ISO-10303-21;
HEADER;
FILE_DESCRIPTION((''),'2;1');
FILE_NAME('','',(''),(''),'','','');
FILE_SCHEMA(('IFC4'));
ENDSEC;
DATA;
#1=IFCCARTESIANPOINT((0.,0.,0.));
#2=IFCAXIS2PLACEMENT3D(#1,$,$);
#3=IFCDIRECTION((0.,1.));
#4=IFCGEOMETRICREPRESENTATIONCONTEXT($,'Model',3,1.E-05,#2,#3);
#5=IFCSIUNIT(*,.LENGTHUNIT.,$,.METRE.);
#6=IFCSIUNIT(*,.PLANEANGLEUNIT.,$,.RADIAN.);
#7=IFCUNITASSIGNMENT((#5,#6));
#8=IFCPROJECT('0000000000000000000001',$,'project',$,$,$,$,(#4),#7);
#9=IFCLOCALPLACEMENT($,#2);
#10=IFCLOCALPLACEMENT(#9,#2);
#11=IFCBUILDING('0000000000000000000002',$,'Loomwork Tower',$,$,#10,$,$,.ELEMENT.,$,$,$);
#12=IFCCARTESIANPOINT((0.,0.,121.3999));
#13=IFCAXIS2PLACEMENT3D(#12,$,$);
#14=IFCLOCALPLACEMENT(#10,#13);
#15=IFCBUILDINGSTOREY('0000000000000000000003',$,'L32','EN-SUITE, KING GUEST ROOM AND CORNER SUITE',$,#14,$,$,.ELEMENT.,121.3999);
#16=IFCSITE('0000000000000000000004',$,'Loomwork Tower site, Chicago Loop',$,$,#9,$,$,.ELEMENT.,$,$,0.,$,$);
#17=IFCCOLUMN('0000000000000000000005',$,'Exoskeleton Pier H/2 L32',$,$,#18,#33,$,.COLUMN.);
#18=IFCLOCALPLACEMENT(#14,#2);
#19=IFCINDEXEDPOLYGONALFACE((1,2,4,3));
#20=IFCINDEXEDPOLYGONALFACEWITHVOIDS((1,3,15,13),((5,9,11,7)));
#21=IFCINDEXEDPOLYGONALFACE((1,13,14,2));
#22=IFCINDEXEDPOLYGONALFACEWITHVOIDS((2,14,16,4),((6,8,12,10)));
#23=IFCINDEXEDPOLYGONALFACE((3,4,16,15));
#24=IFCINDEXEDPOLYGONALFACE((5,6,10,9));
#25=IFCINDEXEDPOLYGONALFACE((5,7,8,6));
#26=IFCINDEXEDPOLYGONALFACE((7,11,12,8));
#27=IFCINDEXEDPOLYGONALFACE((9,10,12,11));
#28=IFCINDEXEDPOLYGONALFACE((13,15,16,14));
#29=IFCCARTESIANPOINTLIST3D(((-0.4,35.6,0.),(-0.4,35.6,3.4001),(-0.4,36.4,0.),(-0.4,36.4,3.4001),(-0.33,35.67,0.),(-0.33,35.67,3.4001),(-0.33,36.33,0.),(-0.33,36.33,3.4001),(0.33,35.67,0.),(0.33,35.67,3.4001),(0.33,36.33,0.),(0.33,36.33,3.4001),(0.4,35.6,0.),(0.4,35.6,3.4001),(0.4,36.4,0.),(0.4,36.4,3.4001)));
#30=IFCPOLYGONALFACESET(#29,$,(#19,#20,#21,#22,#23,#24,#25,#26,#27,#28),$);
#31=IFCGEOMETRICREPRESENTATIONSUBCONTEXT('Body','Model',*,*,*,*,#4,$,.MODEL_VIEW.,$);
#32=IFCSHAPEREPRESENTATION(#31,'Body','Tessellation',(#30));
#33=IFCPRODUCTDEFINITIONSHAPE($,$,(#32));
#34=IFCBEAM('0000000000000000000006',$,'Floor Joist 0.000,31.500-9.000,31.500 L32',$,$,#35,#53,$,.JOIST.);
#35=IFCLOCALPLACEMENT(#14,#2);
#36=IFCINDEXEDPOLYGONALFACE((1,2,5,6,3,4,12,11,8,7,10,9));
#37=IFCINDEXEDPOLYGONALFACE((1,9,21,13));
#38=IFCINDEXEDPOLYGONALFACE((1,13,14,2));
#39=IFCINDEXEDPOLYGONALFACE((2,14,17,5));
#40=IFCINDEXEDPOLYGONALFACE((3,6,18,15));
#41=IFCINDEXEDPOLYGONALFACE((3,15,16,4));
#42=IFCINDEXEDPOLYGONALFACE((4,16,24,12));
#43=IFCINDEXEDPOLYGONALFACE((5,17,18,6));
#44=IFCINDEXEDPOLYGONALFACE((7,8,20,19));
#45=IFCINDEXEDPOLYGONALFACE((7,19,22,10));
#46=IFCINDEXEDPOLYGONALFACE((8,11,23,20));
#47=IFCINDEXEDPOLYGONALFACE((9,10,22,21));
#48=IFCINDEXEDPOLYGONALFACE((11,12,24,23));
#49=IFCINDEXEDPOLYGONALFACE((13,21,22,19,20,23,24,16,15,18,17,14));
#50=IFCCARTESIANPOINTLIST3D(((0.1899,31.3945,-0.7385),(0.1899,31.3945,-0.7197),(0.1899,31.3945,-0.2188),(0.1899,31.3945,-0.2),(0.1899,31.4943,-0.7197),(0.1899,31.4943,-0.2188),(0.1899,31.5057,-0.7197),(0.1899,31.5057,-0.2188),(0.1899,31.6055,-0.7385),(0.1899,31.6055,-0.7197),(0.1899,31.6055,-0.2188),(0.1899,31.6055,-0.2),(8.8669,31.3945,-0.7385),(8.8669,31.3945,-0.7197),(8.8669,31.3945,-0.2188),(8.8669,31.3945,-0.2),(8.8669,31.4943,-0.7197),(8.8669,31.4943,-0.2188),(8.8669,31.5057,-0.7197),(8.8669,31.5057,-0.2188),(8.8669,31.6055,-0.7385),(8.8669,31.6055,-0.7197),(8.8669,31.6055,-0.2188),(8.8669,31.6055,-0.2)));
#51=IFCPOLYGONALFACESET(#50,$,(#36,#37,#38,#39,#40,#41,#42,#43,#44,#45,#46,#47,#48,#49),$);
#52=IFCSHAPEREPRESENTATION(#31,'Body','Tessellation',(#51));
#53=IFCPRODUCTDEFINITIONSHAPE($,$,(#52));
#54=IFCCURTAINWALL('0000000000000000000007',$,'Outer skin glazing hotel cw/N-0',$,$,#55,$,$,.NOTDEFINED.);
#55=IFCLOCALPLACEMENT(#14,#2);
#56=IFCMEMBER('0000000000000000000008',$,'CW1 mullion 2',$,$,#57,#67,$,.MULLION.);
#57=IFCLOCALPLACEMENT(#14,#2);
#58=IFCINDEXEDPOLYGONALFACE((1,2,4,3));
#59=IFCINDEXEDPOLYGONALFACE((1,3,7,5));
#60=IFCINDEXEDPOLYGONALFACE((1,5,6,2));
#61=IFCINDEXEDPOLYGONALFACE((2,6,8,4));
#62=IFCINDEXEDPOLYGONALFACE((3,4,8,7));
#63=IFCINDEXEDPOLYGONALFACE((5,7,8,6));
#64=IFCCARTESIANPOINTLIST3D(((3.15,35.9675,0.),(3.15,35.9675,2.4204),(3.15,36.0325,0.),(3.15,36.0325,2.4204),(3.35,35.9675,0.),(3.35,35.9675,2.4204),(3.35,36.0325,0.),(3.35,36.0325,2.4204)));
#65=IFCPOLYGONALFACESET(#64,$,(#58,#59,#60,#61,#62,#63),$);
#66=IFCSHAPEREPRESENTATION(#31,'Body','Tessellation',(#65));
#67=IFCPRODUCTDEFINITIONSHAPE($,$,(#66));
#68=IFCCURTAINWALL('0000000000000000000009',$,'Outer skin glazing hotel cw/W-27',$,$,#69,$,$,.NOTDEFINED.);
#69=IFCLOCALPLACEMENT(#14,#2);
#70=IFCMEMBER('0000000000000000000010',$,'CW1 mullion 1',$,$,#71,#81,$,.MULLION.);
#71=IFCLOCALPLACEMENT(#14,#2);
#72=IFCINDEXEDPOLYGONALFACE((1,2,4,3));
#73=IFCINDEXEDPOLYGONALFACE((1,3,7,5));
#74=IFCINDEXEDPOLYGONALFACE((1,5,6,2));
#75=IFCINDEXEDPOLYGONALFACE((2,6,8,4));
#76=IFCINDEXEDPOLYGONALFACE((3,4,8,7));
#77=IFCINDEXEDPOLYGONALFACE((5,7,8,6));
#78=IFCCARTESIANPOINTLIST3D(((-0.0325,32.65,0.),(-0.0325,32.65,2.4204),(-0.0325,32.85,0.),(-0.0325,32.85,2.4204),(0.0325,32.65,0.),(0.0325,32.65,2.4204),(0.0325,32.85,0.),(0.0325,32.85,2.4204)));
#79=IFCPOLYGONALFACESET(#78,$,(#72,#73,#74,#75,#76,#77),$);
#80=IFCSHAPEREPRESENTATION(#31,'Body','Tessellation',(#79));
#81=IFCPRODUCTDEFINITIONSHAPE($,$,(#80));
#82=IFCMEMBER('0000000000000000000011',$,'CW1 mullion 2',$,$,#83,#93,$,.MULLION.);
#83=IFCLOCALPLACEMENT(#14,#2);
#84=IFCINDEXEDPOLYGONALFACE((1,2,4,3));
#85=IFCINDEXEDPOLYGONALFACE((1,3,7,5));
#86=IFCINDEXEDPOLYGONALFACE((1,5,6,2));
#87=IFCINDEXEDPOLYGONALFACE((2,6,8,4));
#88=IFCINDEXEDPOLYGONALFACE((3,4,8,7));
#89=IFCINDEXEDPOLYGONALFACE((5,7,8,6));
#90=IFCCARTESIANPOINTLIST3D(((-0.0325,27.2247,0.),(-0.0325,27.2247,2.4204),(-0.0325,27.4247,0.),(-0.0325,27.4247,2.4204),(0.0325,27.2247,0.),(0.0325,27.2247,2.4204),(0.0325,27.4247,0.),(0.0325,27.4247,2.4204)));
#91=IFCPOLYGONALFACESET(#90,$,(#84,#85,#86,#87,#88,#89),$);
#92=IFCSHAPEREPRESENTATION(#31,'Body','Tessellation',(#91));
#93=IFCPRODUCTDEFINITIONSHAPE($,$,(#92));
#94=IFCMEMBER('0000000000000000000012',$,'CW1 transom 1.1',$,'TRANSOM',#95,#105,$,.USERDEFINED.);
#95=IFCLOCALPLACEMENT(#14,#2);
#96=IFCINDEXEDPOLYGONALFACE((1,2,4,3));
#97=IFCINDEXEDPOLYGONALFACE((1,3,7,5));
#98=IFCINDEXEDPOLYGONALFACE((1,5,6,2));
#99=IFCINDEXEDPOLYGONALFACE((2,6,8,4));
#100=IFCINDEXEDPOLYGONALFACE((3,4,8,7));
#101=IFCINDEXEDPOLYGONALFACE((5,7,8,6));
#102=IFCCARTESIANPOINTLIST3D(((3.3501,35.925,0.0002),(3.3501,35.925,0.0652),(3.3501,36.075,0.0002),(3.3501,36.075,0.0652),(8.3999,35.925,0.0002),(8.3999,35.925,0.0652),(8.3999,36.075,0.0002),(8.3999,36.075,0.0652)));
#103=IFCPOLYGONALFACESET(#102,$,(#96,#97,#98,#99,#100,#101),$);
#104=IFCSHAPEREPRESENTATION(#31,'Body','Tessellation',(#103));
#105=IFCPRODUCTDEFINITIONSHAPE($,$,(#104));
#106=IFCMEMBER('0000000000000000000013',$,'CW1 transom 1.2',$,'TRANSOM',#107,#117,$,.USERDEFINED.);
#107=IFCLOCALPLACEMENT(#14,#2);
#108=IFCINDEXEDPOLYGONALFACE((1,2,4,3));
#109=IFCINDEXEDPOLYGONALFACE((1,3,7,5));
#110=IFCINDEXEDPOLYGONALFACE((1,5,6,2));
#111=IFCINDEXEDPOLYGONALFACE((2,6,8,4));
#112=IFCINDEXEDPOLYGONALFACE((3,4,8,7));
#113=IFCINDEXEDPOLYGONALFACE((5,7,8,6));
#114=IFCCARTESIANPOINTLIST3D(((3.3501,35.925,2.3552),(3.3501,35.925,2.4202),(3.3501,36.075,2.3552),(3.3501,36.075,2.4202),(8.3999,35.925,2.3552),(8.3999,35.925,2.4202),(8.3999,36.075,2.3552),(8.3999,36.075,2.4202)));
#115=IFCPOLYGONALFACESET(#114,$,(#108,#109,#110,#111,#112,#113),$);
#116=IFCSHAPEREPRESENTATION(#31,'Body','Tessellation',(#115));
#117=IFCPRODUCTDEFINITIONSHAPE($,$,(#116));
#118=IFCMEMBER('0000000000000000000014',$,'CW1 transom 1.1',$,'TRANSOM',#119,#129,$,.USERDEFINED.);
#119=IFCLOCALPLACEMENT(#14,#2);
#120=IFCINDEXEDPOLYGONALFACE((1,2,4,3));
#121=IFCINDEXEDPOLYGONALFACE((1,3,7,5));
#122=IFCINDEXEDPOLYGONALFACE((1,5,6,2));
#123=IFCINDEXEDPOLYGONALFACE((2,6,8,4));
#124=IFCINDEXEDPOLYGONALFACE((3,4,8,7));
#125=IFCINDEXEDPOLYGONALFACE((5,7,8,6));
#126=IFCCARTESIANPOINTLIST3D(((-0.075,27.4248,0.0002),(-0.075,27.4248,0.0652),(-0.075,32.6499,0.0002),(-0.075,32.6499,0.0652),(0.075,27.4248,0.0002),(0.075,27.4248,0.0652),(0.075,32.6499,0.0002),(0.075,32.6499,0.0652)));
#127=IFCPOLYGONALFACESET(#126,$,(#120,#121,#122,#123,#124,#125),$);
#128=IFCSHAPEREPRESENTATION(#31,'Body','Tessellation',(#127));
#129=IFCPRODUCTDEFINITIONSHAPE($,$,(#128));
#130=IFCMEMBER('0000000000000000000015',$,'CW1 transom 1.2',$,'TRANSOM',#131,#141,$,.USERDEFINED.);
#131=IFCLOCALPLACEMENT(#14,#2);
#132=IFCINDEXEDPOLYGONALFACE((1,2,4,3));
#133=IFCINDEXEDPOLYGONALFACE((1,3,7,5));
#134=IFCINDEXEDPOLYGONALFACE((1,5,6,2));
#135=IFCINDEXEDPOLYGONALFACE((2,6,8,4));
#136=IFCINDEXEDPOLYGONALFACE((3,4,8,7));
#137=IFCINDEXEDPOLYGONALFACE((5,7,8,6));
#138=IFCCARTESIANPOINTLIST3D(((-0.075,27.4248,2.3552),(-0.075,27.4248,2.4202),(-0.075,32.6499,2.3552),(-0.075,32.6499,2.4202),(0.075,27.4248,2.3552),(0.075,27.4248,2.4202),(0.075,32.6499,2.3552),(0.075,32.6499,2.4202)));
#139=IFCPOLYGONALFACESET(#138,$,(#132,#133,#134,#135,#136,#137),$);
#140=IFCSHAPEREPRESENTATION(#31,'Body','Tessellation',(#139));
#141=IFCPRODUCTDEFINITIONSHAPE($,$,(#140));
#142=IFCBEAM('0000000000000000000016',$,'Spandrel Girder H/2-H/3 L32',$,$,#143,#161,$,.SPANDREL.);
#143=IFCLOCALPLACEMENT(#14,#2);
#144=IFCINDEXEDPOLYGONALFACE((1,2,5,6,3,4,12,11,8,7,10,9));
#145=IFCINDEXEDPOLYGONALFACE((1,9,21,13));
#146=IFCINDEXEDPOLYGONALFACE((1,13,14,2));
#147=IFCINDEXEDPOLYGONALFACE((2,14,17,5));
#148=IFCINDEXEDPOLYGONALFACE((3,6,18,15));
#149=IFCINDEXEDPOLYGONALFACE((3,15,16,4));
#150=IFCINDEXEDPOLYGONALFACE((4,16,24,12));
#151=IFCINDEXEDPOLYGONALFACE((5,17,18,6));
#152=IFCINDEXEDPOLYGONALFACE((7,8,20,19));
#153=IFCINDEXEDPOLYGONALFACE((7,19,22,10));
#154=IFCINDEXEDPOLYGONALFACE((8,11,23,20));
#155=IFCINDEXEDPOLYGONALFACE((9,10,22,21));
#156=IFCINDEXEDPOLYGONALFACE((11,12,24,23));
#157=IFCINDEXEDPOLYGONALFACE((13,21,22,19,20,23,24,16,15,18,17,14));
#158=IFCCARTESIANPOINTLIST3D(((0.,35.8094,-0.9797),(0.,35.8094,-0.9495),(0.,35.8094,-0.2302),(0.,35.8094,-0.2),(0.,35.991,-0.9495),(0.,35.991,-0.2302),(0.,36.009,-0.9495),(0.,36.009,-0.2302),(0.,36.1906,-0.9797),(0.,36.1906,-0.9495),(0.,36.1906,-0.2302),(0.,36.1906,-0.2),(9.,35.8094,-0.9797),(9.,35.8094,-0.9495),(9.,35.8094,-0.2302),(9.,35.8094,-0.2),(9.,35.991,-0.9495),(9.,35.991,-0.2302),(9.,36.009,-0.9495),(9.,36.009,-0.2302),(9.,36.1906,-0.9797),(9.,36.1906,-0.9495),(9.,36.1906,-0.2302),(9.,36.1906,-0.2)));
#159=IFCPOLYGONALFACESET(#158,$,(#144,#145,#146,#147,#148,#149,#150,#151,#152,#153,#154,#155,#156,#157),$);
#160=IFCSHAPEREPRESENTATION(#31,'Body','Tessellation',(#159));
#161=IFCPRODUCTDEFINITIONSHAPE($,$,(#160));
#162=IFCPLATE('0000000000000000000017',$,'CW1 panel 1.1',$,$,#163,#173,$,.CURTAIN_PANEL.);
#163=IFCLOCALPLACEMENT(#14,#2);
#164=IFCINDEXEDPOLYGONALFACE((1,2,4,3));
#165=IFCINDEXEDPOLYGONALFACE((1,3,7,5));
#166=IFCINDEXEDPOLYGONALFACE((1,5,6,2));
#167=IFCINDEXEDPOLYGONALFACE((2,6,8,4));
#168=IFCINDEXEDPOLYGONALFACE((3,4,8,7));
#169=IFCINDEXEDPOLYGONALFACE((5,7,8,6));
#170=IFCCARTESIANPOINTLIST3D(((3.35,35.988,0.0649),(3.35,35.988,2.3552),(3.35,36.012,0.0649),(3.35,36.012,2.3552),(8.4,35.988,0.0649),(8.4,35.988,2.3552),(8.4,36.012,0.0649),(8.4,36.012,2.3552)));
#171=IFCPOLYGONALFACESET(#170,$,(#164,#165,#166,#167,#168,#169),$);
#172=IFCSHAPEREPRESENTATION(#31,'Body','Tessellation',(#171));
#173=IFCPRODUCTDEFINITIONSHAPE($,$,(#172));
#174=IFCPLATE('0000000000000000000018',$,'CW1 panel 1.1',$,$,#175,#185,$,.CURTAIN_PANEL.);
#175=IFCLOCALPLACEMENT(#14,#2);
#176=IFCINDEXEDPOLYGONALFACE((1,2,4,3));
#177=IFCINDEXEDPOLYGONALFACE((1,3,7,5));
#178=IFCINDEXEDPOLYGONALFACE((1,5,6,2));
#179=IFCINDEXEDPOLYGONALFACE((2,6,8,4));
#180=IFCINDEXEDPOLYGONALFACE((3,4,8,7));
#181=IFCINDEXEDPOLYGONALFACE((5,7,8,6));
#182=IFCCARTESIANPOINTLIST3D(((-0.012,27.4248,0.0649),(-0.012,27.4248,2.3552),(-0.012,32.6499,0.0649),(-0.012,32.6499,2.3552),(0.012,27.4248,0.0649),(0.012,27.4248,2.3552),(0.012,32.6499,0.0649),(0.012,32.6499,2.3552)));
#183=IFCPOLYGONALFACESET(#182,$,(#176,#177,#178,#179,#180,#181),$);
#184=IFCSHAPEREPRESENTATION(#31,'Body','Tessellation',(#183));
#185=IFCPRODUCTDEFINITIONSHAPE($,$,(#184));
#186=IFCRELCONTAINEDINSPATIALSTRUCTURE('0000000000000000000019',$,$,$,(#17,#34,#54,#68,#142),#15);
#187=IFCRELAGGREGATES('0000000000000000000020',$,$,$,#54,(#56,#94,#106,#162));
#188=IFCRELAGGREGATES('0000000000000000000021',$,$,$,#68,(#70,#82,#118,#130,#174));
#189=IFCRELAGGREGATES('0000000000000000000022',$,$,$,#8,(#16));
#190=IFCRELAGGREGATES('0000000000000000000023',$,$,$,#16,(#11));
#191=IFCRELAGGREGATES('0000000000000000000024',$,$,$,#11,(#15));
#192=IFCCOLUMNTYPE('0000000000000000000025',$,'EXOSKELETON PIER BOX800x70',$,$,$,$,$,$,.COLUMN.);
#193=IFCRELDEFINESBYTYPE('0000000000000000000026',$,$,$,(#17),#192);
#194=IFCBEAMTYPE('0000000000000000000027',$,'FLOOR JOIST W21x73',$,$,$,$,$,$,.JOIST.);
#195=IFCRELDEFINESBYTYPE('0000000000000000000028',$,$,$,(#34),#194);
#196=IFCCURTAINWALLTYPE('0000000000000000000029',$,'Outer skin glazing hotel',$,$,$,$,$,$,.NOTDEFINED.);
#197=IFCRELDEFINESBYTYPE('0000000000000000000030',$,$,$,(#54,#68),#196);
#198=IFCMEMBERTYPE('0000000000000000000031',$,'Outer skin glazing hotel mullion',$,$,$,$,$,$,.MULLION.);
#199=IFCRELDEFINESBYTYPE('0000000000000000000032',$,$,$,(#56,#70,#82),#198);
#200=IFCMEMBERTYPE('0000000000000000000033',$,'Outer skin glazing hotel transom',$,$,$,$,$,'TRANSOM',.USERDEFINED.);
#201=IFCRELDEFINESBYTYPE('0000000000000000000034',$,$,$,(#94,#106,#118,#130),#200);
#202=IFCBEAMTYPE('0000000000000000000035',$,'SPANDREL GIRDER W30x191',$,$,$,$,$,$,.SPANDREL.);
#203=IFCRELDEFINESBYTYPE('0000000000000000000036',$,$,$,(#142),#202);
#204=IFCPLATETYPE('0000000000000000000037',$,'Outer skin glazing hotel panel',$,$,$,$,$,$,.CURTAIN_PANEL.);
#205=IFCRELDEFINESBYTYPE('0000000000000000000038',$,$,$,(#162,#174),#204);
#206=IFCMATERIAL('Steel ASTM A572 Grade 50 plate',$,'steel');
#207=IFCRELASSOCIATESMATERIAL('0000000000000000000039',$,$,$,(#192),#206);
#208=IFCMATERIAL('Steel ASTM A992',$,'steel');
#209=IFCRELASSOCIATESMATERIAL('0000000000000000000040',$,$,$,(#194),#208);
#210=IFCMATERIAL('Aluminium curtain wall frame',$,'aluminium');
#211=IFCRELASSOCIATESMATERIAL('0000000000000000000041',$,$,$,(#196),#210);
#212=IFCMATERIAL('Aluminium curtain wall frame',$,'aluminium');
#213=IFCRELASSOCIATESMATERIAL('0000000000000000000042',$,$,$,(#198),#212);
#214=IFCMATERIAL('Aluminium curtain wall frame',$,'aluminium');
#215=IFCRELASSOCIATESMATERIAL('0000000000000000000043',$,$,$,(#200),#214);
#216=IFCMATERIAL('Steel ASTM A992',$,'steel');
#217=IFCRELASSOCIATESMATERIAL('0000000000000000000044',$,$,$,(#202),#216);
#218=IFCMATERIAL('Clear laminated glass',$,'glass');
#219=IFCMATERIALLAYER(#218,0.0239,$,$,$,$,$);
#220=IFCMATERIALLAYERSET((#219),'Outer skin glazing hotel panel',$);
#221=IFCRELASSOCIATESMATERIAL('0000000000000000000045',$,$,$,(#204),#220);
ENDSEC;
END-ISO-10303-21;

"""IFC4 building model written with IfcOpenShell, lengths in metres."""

from ifc_helpers import new_model, si_unit, direction, frame, origin, origin_2d, place, context, subcontext, project, spatial, rectangle, hollow_rectangle, i_section, extrude, material, layer, layer_set, material_profile, profile_set, type_object, element, aggregate, save


model = new_model("IFC4")

# Units and contexts
model_context = context("Model", 3, precision=1e-05, world=origin(), true_north=direction((0.0, 1.0)))
body_context = subcontext(model_context, "Body", "Model", "MODEL_VIEW")
ifc_project = project(units=[si_unit("LENGTHUNIT", "METRE"), si_unit("PLANEANGLEUNIT", "RADIAN")], contexts=[model_context])

# Site, building, storey
site_placement = place(None, origin())
site = spatial("IfcSite", under=ifc_project, at=site_placement, Name="Loomwork Tower site, Chicago Loop", CompositionType="ELEMENT", RefElevation=0.0)
building_placement = place(site_placement, origin())
building = spatial("IfcBuilding", under=site, at=building_placement, Name="Loomwork Tower", CompositionType="ELEMENT")
storey_placement = place(building_placement, frame((0.0, 0.0, 121.3999)))
storey = spatial("IfcBuildingStorey", under=building, at=storey_placement, Name="L32", Description="EN-SUITE, KING GUEST ROOM AND CORNER SUITE", CompositionType="ELEMENT", Elevation=121.3999)

# Column
ifc_material_1 = material(Name="Steel ASTM A572 Grade 50 plate", Category="steel")
ifc_material_profile_1 = material_profile(ifc_material_1, hollow_rectangle(XDim=0.8, YDim=0.8, WallThickness=0.0701, at=origin_2d()), Name="BOX800x70")
ifc_profile_set_1 = profile_set([ifc_material_profile_1], Name="Steel ASTM A572 Grade 50 plate")
column_type = type_object("IfcColumnType", Name="EXOSKELETON PIER BOX800x70", PredefinedType="COLUMN", material=ifc_profile_set_1)
column_placement = place(storey_placement, frame((0.0, 36.0, 0.0), z_axis=(0.0, 0.0, 1.0), x_axis=(1.0, 0.0, 0.0)))
element("IfcColumn", 1, at=column_placement, inside=storey, type_object=column_type, Name="Exoskeleton Pier H/2 L32", PredefinedType="COLUMN", context=body_context, shape_type="SweptSolid", body=[
    extrude(hollow_rectangle(XDim=0.8, YDim=0.8, WallThickness=0.0701, at=origin_2d()), origin(), (0.0, 0.0, 1.0), 3.4001),
])

# Beam
ifc_material_2 = material(Name="Steel ASTM A992", Category="steel")
ifc_material_profile_2 = material_profile(ifc_material_2, i_section(OverallWidth=0.2109, OverallDepth=0.5386, WebThickness=0.0115, FlangeThickness=0.0188, at=origin_2d()), Name="W21x73")
ifc_profile_set_2 = profile_set([ifc_material_profile_2], Name="Steel ASTM A992")
beam_type_1 = type_object("IfcBeamType", Name="FLOOR JOIST W21x73", PredefinedType="JOIST", material=ifc_profile_set_2)
beam_1_placement = place(storey_placement, frame((0.1899, 31.5, -0.4692), z_axis=(1.0, 0.0, 0.0), x_axis=(0.0, 1.0, 0.0)))
element("IfcBeam", 2, at=beam_1_placement, inside=storey, type_object=beam_type_1, Name="Floor Joist 0.000,31.500-9.000,31.500 L32", PredefinedType="JOIST", context=body_context, shape_type="SweptSolid", body=[
    extrude(i_section(OverallWidth=0.2109, OverallDepth=0.5386, WebThickness=0.0115, FlangeThickness=0.0188, at=origin_2d()), origin(), (0.0, 0.0, 1.0), 8.677),
])

# Curtain wall, member
ifc_material_3 = material(Name="Aluminium curtain wall frame", Category="aluminium")
curtain_wall_type = type_object("IfcCurtainWallType", Name="Outer skin glazing hotel", PredefinedType="NOTDEFINED", material=ifc_material_3)
curtain_wall_1_placement = place(storey_placement, origin())
curtain_wall_1 = element("IfcCurtainWall", 3, at=curtain_wall_1_placement, inside=storey, type_object=curtain_wall_type, Name="Outer skin glazing hotel cw/N-0", PredefinedType="NOTDEFINED")
ifc_material_4 = material(Name="Aluminium curtain wall frame", Category="aluminium")
ifc_material_profile_3 = material_profile(ifc_material_4, rectangle(XDim=0.0649, YDim=0.2, at=origin_2d()), Name="AL 65x200")
ifc_profile_set_3 = profile_set([ifc_material_profile_3], Name="Aluminium curtain wall frame")
member_type_1 = type_object("IfcMemberType", Name="Outer skin glazing hotel mullion", PredefinedType="MULLION", material=ifc_profile_set_3)
member_1_placement = place(storey_placement, frame((3.25, 36.0, 0.0), z_axis=(0.0, 0.0, 1.0), x_axis=(0.0, -1.0, 0.0)))
member_1 = element("IfcMember", 4, at=member_1_placement, type_object=member_type_1, Name="CW1 mullion 2", PredefinedType="MULLION", context=body_context, shape_type="SweptSolid", body=[
    extrude(rectangle(XDim=0.0649, YDim=0.2, at=origin_2d()), origin(), (0.0, 0.0, 1.0), 2.4204),
])

# Curtain wall, members
curtain_wall_2_placement = place(storey_placement, origin())
curtain_wall_2 = element("IfcCurtainWall", 5, at=curtain_wall_2_placement, inside=storey, type_object=curtain_wall_type, Name="Outer skin glazing hotel cw/W-27", PredefinedType="NOTDEFINED")
member_2_placement = place(storey_placement, frame((0.0, 32.75, 0.0), z_axis=(0.0, 0.0, 1.0), x_axis=(1.0, 0.0, 0.0)))
member_2 = element("IfcMember", 6, at=member_2_placement, type_object=member_type_1, Name="CW1 mullion 1", PredefinedType="MULLION", context=body_context, shape_type="SweptSolid", body=[
    extrude(rectangle(XDim=0.0649, YDim=0.2, at=origin_2d()), origin(), (0.0, 0.0, 1.0), 2.4204),
])
member_3_placement = place(storey_placement, frame((0.0, 27.3247, 0.0), z_axis=(0.0, 0.0, 1.0), x_axis=(1.0, 0.0, 0.0)))
member_3 = element("IfcMember", 7, at=member_3_placement, type_object=member_type_1, Name="CW1 mullion 2", PredefinedType="MULLION", context=body_context, shape_type="SweptSolid", body=[
    extrude(rectangle(XDim=0.0649, YDim=0.2, at=origin_2d()), origin(), (0.0, 0.0, 1.0), 2.4204),
])

# Members
ifc_material_5 = material(Name="Aluminium curtain wall frame", Category="aluminium")
ifc_material_profile_4 = material_profile(ifc_material_5, rectangle(XDim=0.1499, YDim=0.0649, at=origin_2d()), Name="AL 65x150")
ifc_profile_set_4 = profile_set([ifc_material_profile_4], Name="Aluminium curtain wall frame")
member_type_2 = type_object("IfcMemberType", Name="Outer skin glazing hotel transom", ElementType="TRANSOM", PredefinedType="USERDEFINED", material=ifc_profile_set_4)
member_4_placement = place(storey_placement, frame((8.3999, 36.0, 0.0327), z_axis=(-1.0, 0.0, 0.0), x_axis=(0.0, -1.0, 0.0)))
member_4 = element("IfcMember", 8, at=member_4_placement, type_object=member_type_2, Name="CW1 transom 1.1", ObjectType="TRANSOM", PredefinedType="USERDEFINED", context=body_context, shape_type="SweptSolid", body=[
    extrude(rectangle(XDim=0.1499, YDim=0.0649, at=origin_2d()), origin(), (0.0, 0.0, 1.0), 5.0498),
])
member_5_placement = place(storey_placement, frame((8.3999, 36.0, 2.3877), z_axis=(-1.0, 0.0, 0.0), x_axis=(0.0, -1.0, 0.0)))
member_5 = element("IfcMember", 9, at=member_5_placement, type_object=member_type_2, Name="CW1 transom 1.2", ObjectType="TRANSOM", PredefinedType="USERDEFINED", context=body_context, shape_type="SweptSolid", body=[
    extrude(rectangle(XDim=0.1499, YDim=0.0649, at=origin_2d()), origin(), (0.0, 0.0, 1.0), 5.0498),
])
member_6_placement = place(storey_placement, frame((0.0, 32.6499, 0.0327), z_axis=(0.0, -1.0, 0.0), x_axis=(1.0, 0.0, 0.0)))
member_6 = element("IfcMember", 10, at=member_6_placement, type_object=member_type_2, Name="CW1 transom 1.1", ObjectType="TRANSOM", PredefinedType="USERDEFINED", context=body_context, shape_type="SweptSolid", body=[
    extrude(rectangle(XDim=0.1499, YDim=0.0649, at=origin_2d()), origin(), (0.0, 0.0, 1.0), 5.2251),
])
member_7_placement = place(storey_placement, frame((0.0, 32.6499, 2.3877), z_axis=(0.0, -1.0, 0.0), x_axis=(1.0, 0.0, 0.0)))
member_7 = element("IfcMember", 11, at=member_7_placement, type_object=member_type_2, Name="CW1 transom 1.2", ObjectType="TRANSOM", PredefinedType="USERDEFINED", context=body_context, shape_type="SweptSolid", body=[
    extrude(rectangle(XDim=0.1499, YDim=0.0649, at=origin_2d()), origin(), (0.0, 0.0, 1.0), 5.2251),
])

# Beam
ifc_material_6 = material(Name="Steel ASTM A992", Category="steel")
ifc_material_profile_5 = material_profile(ifc_material_6, i_section(OverallWidth=0.3811, OverallDepth=0.7798, WebThickness=0.0181, FlangeThickness=0.0303, at=origin_2d()), Name="W30x191")
ifc_profile_set_5 = profile_set([ifc_material_profile_5], Name="Steel ASTM A992")
beam_type_2 = type_object("IfcBeamType", Name="SPANDREL GIRDER W30x191", PredefinedType="SPANDREL", material=ifc_profile_set_5)
beam_2_placement = place(storey_placement, frame((0.0, 36.0, -0.5898), z_axis=(1.0, 0.0, 0.0), x_axis=(0.0, 1.0, 0.0)))
element("IfcBeam", 12, at=beam_2_placement, inside=storey, type_object=beam_type_2, Name="Spandrel Girder H/2-H/3 L32", PredefinedType="SPANDREL", context=body_context, shape_type="SweptSolid", body=[
    extrude(i_section(OverallWidth=0.3811, OverallDepth=0.7798, WebThickness=0.0181, FlangeThickness=0.0303, at=origin_2d()), origin(), (0.0, 0.0, 1.0), 9.0),
])

# Plates
ifc_material_7 = material(Name="Clear laminated glass", Category="glass")
ifc_layer_1 = layer(ifc_material_7, 0.0239)
ifc_layer_set_1 = layer_set([ifc_layer_1], Name="Outer skin glazing hotel panel")
plate_type = type_object("IfcPlateType", Name="Outer skin glazing hotel panel", PredefinedType="CURTAIN_PANEL", material=ifc_layer_set_1)
plate_1_placement = place(storey_placement, frame((5.875, 36.0, 0.0649), z_axis=(0.0, 0.0, 1.0), x_axis=(-1.0, 0.0, 0.0)))
plate_1 = element("IfcPlate", 13, at=plate_1_placement, type_object=plate_type, Name="CW1 panel 1.1", PredefinedType="CURTAIN_PANEL", context=body_context, shape_type="SweptSolid", body=[
    extrude(rectangle(XDim=5.05, YDim=0.0239, at=origin_2d()), origin(), (0.0, 0.0, 1.0), 2.2903),
])
aggregate(curtain_wall_1, [member_1, member_4, member_5, plate_1])
plate_2_placement = place(storey_placement, frame((0.0, 30.0374, 0.0649), z_axis=(0.0, 0.0, 1.0), x_axis=(0.0, -1.0, 0.0)))
plate_2 = element("IfcPlate", 14, at=plate_2_placement, type_object=plate_type, Name="CW1 panel 1.1", PredefinedType="CURTAIN_PANEL", context=body_context, shape_type="SweptSolid", body=[
    extrude(rectangle(XDim=5.2251, YDim=0.0239, at=origin_2d()), origin(), (0.0, 0.0, 1.0), 2.2903),
])
aggregate(curtain_wall_2, [member_2, member_3, member_6, member_7, plate_2])

save(model, "model.ifc")
